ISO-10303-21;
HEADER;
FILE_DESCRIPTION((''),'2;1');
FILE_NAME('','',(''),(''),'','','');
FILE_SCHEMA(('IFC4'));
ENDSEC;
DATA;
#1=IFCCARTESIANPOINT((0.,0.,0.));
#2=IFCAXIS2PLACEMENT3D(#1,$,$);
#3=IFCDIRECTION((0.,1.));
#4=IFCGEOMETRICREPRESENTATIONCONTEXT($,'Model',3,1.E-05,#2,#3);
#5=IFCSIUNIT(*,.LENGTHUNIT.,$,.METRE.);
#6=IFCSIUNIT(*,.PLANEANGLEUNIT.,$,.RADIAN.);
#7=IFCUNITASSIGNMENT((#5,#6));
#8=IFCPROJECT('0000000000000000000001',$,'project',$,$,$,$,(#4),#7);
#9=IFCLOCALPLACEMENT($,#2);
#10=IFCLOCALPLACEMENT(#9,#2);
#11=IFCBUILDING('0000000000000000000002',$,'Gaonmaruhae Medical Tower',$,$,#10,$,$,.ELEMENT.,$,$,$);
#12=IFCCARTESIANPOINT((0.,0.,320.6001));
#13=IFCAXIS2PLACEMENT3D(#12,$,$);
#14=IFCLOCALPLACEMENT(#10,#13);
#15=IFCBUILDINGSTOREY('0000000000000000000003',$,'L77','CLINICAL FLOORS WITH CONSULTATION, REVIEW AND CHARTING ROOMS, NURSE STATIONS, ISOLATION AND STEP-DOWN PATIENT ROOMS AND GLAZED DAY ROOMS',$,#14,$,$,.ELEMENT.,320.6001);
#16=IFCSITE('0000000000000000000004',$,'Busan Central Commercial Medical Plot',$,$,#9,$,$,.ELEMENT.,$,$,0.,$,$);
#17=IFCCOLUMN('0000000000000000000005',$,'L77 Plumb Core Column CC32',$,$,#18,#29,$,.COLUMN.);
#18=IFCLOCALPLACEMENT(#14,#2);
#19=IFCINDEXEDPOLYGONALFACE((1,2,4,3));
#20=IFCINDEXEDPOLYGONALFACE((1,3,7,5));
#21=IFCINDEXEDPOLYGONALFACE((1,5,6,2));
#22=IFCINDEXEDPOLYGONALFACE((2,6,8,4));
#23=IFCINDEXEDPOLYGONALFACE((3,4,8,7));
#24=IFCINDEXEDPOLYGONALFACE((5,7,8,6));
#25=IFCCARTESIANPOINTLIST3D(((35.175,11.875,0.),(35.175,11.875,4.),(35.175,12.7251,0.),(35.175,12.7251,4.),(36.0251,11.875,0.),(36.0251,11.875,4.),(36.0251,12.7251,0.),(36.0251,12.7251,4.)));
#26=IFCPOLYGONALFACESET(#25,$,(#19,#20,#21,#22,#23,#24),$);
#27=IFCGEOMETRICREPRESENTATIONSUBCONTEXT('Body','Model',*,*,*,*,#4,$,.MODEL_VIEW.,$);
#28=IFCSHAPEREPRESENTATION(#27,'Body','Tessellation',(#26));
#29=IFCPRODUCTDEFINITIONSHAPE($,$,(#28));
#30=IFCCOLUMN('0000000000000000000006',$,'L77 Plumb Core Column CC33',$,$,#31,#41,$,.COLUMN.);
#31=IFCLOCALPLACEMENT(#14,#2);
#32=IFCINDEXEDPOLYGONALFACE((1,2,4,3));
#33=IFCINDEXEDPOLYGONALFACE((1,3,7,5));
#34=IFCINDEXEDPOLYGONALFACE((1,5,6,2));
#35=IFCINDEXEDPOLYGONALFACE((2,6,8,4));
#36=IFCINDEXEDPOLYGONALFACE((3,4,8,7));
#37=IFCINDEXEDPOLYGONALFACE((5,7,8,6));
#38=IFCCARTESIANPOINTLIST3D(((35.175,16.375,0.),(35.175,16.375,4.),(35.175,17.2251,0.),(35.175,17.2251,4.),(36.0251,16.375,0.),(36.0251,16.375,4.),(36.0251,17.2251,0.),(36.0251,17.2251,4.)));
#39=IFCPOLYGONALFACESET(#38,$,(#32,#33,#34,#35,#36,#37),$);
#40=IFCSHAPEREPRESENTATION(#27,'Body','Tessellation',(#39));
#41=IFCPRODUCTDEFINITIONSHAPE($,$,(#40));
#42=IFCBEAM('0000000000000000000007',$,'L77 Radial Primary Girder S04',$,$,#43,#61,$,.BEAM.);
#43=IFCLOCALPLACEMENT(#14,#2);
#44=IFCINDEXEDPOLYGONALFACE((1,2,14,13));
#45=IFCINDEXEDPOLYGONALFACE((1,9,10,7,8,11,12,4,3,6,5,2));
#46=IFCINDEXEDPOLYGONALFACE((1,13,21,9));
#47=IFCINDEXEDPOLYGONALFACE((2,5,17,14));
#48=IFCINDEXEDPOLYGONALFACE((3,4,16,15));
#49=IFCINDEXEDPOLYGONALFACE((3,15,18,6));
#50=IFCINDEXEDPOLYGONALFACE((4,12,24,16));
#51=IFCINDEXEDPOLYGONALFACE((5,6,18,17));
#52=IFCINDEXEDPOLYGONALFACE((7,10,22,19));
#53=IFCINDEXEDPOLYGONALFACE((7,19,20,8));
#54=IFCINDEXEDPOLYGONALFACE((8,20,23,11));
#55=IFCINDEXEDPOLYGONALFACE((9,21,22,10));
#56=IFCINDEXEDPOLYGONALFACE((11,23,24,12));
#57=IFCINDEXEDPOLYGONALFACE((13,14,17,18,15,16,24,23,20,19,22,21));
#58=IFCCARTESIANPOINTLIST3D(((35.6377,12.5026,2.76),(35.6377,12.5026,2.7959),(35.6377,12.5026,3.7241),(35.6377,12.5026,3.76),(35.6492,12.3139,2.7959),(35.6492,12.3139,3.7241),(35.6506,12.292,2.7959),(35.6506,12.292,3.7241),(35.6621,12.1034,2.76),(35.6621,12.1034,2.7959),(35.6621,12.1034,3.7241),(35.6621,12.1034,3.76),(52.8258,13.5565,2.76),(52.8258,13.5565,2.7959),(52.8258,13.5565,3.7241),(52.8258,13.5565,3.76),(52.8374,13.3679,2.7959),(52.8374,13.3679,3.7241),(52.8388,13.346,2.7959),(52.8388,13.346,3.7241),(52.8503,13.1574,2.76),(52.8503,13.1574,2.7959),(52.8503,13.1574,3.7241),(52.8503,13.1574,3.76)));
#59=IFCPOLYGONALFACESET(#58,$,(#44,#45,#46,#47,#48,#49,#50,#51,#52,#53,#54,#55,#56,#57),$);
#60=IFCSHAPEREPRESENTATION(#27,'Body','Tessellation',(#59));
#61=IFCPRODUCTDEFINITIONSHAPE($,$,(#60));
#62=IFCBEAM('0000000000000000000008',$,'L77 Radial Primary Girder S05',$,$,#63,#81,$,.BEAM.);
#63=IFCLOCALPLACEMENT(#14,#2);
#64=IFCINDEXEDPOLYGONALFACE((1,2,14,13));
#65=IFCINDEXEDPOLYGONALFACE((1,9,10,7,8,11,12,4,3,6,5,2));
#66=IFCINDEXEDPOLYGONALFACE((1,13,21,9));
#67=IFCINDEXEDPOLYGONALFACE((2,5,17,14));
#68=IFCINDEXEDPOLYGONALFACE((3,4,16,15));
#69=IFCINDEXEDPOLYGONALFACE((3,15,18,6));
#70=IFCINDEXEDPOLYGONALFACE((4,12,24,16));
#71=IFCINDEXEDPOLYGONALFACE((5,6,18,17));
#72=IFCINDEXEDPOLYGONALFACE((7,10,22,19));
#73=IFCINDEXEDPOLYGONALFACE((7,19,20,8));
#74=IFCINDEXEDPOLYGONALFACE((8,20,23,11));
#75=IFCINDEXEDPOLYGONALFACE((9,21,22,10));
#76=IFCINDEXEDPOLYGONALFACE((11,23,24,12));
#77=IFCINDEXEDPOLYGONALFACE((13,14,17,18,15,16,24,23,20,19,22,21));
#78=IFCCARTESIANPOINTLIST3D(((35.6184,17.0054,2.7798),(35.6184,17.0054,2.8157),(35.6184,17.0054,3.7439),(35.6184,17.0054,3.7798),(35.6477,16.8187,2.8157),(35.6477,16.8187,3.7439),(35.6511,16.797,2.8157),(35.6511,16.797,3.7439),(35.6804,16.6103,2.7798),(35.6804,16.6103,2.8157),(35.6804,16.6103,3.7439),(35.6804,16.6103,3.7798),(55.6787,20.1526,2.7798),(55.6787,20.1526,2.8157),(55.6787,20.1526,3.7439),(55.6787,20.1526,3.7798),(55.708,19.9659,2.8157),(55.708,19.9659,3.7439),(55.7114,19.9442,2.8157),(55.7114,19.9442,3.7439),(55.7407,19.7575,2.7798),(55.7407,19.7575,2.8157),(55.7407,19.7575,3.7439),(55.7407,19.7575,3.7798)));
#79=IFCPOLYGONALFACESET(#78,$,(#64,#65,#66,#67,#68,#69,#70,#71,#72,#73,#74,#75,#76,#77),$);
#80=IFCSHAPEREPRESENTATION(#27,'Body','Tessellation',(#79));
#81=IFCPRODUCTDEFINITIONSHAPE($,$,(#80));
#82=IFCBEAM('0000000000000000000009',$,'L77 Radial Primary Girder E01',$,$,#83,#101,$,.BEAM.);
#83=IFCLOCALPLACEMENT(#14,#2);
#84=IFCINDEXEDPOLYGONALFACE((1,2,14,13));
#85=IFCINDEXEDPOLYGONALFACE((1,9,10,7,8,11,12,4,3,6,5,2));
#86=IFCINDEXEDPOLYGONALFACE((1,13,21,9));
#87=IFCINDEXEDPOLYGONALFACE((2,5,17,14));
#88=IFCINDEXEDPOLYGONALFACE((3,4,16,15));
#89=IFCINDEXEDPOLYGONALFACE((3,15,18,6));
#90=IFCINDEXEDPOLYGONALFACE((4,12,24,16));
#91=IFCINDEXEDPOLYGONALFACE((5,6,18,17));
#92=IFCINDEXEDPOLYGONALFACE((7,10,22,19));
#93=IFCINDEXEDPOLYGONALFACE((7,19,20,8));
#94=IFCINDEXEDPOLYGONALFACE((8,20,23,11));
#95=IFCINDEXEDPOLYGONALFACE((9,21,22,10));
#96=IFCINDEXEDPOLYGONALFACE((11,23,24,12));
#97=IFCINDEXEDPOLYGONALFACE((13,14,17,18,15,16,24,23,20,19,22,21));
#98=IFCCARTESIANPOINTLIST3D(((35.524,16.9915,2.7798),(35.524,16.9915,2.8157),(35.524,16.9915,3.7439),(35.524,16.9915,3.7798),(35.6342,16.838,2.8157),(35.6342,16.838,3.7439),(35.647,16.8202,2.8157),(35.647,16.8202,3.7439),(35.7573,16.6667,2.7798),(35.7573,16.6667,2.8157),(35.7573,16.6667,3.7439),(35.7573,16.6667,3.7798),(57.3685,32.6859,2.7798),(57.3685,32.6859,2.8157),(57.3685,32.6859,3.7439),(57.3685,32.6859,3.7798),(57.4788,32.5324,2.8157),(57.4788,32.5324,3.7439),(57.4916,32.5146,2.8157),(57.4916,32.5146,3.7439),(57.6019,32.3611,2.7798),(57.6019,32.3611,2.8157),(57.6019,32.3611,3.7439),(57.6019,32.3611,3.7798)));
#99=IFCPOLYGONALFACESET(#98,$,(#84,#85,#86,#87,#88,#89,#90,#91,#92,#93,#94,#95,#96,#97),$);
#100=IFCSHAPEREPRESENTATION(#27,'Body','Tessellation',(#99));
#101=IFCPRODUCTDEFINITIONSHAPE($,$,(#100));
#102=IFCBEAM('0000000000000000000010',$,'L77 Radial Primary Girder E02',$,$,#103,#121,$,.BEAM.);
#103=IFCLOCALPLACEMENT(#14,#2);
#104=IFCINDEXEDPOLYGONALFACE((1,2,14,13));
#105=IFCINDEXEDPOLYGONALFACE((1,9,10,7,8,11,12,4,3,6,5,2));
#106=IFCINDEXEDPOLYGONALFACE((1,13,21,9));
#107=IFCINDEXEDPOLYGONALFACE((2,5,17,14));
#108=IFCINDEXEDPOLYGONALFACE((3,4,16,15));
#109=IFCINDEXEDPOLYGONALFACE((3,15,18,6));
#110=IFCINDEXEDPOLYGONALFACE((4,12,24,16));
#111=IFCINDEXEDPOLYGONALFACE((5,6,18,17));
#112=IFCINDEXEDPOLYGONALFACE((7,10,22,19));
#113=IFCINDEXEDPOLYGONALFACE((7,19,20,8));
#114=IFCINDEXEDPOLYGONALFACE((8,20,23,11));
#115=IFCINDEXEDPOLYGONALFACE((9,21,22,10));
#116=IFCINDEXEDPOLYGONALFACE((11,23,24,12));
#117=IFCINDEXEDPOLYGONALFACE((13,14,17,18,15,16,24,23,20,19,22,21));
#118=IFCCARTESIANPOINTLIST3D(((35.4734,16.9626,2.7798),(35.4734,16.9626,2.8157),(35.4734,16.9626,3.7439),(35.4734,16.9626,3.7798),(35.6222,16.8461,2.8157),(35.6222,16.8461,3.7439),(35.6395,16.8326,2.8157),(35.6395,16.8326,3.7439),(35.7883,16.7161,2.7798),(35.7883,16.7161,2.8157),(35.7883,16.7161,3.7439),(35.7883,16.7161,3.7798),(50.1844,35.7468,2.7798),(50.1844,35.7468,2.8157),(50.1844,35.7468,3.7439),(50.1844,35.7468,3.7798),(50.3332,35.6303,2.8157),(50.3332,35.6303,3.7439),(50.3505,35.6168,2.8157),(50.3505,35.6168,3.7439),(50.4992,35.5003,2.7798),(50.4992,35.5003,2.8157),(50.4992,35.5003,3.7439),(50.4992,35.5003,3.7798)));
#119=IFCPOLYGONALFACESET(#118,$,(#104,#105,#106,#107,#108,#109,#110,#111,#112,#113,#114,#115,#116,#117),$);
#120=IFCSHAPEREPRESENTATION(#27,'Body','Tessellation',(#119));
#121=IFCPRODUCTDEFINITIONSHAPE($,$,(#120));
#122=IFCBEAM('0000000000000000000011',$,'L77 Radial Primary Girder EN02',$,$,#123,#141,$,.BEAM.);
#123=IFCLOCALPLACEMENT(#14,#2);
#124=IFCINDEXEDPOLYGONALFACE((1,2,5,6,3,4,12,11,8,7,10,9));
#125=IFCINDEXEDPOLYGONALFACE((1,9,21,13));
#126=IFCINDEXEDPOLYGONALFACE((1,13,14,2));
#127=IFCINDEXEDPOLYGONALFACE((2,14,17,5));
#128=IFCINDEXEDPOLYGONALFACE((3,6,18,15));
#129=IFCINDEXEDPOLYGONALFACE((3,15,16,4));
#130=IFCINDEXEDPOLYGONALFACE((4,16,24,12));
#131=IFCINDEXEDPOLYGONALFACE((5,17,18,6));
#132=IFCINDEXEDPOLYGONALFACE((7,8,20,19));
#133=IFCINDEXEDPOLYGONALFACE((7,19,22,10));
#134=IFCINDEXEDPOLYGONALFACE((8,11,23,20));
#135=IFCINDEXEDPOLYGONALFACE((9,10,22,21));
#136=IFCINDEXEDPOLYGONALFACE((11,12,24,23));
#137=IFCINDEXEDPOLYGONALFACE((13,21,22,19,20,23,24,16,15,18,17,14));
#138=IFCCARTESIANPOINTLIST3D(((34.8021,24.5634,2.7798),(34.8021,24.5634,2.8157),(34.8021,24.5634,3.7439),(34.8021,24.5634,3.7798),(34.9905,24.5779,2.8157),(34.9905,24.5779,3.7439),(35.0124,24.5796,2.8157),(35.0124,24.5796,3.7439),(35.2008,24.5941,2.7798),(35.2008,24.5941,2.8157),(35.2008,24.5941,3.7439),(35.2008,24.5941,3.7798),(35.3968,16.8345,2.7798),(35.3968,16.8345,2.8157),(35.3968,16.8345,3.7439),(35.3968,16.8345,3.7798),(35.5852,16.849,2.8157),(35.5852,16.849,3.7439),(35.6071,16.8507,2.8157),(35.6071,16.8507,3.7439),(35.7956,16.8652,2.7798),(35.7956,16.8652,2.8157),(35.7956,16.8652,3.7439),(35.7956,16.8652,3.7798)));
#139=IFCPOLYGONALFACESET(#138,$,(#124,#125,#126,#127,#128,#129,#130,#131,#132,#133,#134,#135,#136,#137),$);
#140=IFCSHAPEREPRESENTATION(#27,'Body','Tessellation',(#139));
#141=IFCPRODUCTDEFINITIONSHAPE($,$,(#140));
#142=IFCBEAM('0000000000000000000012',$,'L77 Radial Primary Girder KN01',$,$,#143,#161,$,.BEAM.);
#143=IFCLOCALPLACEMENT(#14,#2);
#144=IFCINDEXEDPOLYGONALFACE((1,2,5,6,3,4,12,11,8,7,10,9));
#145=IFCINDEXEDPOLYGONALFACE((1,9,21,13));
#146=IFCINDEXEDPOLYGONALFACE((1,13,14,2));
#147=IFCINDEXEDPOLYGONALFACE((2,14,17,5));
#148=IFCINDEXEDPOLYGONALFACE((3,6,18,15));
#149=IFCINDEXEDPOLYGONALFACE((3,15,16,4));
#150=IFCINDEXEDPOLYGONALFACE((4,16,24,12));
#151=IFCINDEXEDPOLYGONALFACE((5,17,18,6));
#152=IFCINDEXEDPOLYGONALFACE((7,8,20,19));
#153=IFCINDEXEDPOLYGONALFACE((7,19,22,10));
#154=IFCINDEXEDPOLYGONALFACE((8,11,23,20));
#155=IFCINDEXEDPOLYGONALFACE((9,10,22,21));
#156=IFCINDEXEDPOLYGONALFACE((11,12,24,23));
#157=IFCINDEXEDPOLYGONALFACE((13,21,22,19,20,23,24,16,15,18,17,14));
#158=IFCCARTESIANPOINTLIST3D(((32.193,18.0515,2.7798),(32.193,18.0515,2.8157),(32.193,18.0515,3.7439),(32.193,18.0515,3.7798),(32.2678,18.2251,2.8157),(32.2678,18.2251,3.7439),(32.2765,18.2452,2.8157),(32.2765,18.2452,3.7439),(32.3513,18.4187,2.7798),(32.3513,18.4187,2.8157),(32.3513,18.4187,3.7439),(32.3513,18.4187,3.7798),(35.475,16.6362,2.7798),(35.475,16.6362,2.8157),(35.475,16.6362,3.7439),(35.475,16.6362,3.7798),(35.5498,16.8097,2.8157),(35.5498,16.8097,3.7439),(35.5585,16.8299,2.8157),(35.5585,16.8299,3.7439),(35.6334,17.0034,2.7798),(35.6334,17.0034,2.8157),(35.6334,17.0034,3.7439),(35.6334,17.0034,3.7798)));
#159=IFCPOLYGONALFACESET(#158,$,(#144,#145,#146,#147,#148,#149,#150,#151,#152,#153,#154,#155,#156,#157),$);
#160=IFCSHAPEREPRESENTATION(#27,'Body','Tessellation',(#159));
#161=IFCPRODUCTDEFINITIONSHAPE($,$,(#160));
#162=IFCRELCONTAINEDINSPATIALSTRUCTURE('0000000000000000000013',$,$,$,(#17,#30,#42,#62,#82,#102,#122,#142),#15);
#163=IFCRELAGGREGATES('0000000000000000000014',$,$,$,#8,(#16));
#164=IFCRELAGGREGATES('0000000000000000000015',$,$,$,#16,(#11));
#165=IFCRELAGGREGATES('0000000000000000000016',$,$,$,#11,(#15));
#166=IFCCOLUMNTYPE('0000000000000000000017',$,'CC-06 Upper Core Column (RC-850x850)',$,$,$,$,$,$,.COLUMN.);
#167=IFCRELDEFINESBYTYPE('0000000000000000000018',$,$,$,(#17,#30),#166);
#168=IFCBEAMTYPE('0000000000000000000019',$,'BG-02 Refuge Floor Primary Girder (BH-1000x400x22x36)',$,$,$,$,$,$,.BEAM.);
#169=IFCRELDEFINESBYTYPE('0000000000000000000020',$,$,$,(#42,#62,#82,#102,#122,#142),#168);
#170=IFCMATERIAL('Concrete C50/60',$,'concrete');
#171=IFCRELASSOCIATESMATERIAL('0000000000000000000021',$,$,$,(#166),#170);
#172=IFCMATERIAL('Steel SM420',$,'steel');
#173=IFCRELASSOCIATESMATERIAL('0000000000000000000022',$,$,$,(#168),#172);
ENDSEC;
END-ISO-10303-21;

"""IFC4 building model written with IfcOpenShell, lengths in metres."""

from ifc_helpers import new_model, si_unit, direction, frame, origin, origin_2d, place, context, subcontext, project, spatial, rectangle, i_section, extrude, material, material_profile, profile_set, type_object, element, save


model = new_model("IFC4")

# Units and contexts
model_context = context("Model", 3, precision=1e-05, world=origin(), true_north=direction((0.0, 1.0)))
body_context = subcontext(model_context, "Body", "Model", "MODEL_VIEW")
ifc_project = project(units=[si_unit("LENGTHUNIT", "METRE"), si_unit("PLANEANGLEUNIT", "RADIAN")], contexts=[model_context])

# Site, building, storey
site_placement = place(None, origin())
site = spatial("IfcSite", under=ifc_project, at=site_placement, Name="Busan Central Commercial Medical Plot", CompositionType="ELEMENT", RefElevation=0.0)
building_placement = place(site_placement, origin())
building = spatial("IfcBuilding", under=site, at=building_placement, Name="Gaonmaruhae Medical Tower", CompositionType="ELEMENT")
storey_placement = place(building_placement, frame((0.0, 0.0, 320.6001)))
storey = spatial("IfcBuildingStorey", under=building, at=storey_placement, Name="L77", Description="CLINICAL FLOORS WITH CONSULTATION, REVIEW AND CHARTING ROOMS, NURSE STATIONS, ISOLATION AND STEP-DOWN PATIENT ROOMS AND GLAZED DAY ROOMS", CompositionType="ELEMENT", Elevation=320.6001)

# Columns
ifc_material_1 = material(Name="Concrete C50/60", Category="concrete")
ifc_material_profile_1 = material_profile(ifc_material_1, rectangle(XDim=0.8501, YDim=0.8501, at=origin_2d()), Name="RC-850x850")
ifc_profile_set_1 = profile_set([ifc_material_profile_1], Name="Concrete C50/60")
column_type = type_object("IfcColumnType", Name="CC-06 Upper Core Column (RC-850x850)", PredefinedType="COLUMN", material=ifc_profile_set_1)
for number, where, z_axis, x_axis, name in (
    (1, (35.6001, 12.3, 0.0), (0.0, 0.0, 1.0), (1.0, 0.0, 0.0), "L77 Plumb Core Column CC32"),
    (2, (35.6001, 16.8, 0.0), (0.0, 0.0, 1.0), (1.0, 0.0, 0.0), "L77 Plumb Core Column CC33"),
):
    element("IfcColumn", number, at=place(storey_placement, frame(where, z_axis=z_axis, x_axis=x_axis)), inside=storey, type_object=column_type, Name=name, PredefinedType="COLUMN", context=body_context, shape_type="SweptSolid", body=[
        extrude(rectangle(XDim=0.8501, YDim=0.8501, at=origin_2d()), origin(), (0.0, 0.0, 1.0), 4.0),
    ])

# Beams
ifc_material_2 = material(Name="Steel SM420", Category="steel")
ifc_material_profile_2 = material_profile(ifc_material_2, i_section(OverallWidth=0.3999, OverallDepth=1.0, WebThickness=0.022, FlangeThickness=0.0359, at=origin_2d()), Name="BH-1000x400x22x36")
ifc_profile_set_2 = profile_set([ifc_material_profile_2], Name="Steel SM420")
beam_type_1 = type_object("IfcBeamType", Name="BG-02 Refuge Floor Primary Girder (BH-1000x400x22x36)", PredefinedType="BEAM", material=ifc_profile_set_2)
beam_1_placement = place(storey_placement, frame((35.6499, 12.303, 3.26), z_axis=(0.998125, 0.061203, 0.0), x_axis=(-0.061203, 0.998125, 0.0)))
element("IfcBeam", 3, at=beam_1_placement, inside=storey, type_object=beam_type_1, Name="L77 Radial Primary Girder S04", PredefinedType="BEAM", context=body_context, shape_type="SweptSolid", body=[
    extrude(i_section(OverallWidth=0.3999, OverallDepth=1.0, WebThickness=0.022, FlangeThickness=0.0359, at=origin_2d()), origin(), (0.0, 0.0, 1.0), 17.2205),
])
beam_2_placement = place(storey_placement, frame((35.6494, 16.8079, 3.2798), z_axis=(0.987916, 0.154992, 0.0), x_axis=(-0.154992, 0.987916, 0.0)))
element("IfcBeam", 4, at=beam_2_placement, inside=storey, type_object=beam_type_1, Name="L77 Radial Primary Girder S05", PredefinedType="BEAM", context=body_context, shape_type="SweptSolid", body=[
    extrude(i_section(OverallWidth=0.3999, OverallDepth=1.0, WebThickness=0.022, FlangeThickness=0.0359, at=origin_2d()), origin(), (0.0, 0.0, 1.0), 20.3057),
])
beam_3_placement = place(storey_placement, frame((35.6406, 16.8291, 3.2798), z_axis=(0.812128, 0.583479, 0.0), x_axis=(-0.583479, 0.812128, 0.0)))
element("IfcBeam", 5, at=beam_3_placement, inside=storey, type_object=beam_type_1, Name="L77 Radial Primary Girder E01", PredefinedType="BEAM", context=body_context, shape_type="SweptSolid", body=[
    extrude(i_section(OverallWidth=0.3999, OverallDepth=1.0, WebThickness=0.022, FlangeThickness=0.0359, at=origin_2d()), origin(), (0.0, 0.0, 1.0), 26.8979),
])
beam_4_placement = place(storey_placement, frame((35.6309, 16.8394, 3.2798), z_axis=(0.616575, 0.787296, 0.0), x_axis=(-0.787296, 0.616575, 0.0)))
element("IfcBeam", 6, at=beam_4_placement, inside=storey, type_object=beam_type_1, Name="L77 Radial Primary Girder E02", PredefinedType="BEAM", context=body_context, shape_type="SweptSolid", body=[
    extrude(i_section(OverallWidth=0.3999, OverallDepth=1.0, WebThickness=0.022, FlangeThickness=0.0359, at=origin_2d()), origin(), (0.0, 0.0, 1.0), 23.8591),
])
beam_5_placement = place(storey_placement, frame((35.5962, 16.8499, 3.2798), z_axis=(-0.076723, 0.997052, 0.0), x_axis=(-0.997052, -0.076723, 0.0)))
element("IfcBeam", 7, at=beam_5_placement, inside=storey, type_object=beam_type_1, Name="L77 Radial Primary Girder EN02", PredefinedType="BEAM", context=body_context, shape_type="SweptSolid", body=[
    extrude(i_section(OverallWidth=0.3999, OverallDepth=1.0, WebThickness=0.022, FlangeThickness=0.0359, at=origin_2d()), origin(), (0.0, 0.0, 1.0), 7.7517),
])
beam_6_placement = place(storey_placement, frame((35.5542, 16.8198, 3.2798), z_axis=(-0.918259, 0.395979, 0.0), x_axis=(-0.395979, -0.918259, 0.0)))
element("IfcBeam", 8, at=beam_6_placement, inside=storey, type_object=beam_type_1, Name="L77 Radial Primary Girder KN01", PredefinedType="BEAM", context=body_context, shape_type="SweptSolid", body=[
    extrude(i_section(OverallWidth=0.3999, OverallDepth=1.0, WebThickness=0.022, FlangeThickness=0.0359, at=origin_2d()), origin(), (0.0, 0.0, 1.0), 3.5742),
])

save(model, "model.ifc")
